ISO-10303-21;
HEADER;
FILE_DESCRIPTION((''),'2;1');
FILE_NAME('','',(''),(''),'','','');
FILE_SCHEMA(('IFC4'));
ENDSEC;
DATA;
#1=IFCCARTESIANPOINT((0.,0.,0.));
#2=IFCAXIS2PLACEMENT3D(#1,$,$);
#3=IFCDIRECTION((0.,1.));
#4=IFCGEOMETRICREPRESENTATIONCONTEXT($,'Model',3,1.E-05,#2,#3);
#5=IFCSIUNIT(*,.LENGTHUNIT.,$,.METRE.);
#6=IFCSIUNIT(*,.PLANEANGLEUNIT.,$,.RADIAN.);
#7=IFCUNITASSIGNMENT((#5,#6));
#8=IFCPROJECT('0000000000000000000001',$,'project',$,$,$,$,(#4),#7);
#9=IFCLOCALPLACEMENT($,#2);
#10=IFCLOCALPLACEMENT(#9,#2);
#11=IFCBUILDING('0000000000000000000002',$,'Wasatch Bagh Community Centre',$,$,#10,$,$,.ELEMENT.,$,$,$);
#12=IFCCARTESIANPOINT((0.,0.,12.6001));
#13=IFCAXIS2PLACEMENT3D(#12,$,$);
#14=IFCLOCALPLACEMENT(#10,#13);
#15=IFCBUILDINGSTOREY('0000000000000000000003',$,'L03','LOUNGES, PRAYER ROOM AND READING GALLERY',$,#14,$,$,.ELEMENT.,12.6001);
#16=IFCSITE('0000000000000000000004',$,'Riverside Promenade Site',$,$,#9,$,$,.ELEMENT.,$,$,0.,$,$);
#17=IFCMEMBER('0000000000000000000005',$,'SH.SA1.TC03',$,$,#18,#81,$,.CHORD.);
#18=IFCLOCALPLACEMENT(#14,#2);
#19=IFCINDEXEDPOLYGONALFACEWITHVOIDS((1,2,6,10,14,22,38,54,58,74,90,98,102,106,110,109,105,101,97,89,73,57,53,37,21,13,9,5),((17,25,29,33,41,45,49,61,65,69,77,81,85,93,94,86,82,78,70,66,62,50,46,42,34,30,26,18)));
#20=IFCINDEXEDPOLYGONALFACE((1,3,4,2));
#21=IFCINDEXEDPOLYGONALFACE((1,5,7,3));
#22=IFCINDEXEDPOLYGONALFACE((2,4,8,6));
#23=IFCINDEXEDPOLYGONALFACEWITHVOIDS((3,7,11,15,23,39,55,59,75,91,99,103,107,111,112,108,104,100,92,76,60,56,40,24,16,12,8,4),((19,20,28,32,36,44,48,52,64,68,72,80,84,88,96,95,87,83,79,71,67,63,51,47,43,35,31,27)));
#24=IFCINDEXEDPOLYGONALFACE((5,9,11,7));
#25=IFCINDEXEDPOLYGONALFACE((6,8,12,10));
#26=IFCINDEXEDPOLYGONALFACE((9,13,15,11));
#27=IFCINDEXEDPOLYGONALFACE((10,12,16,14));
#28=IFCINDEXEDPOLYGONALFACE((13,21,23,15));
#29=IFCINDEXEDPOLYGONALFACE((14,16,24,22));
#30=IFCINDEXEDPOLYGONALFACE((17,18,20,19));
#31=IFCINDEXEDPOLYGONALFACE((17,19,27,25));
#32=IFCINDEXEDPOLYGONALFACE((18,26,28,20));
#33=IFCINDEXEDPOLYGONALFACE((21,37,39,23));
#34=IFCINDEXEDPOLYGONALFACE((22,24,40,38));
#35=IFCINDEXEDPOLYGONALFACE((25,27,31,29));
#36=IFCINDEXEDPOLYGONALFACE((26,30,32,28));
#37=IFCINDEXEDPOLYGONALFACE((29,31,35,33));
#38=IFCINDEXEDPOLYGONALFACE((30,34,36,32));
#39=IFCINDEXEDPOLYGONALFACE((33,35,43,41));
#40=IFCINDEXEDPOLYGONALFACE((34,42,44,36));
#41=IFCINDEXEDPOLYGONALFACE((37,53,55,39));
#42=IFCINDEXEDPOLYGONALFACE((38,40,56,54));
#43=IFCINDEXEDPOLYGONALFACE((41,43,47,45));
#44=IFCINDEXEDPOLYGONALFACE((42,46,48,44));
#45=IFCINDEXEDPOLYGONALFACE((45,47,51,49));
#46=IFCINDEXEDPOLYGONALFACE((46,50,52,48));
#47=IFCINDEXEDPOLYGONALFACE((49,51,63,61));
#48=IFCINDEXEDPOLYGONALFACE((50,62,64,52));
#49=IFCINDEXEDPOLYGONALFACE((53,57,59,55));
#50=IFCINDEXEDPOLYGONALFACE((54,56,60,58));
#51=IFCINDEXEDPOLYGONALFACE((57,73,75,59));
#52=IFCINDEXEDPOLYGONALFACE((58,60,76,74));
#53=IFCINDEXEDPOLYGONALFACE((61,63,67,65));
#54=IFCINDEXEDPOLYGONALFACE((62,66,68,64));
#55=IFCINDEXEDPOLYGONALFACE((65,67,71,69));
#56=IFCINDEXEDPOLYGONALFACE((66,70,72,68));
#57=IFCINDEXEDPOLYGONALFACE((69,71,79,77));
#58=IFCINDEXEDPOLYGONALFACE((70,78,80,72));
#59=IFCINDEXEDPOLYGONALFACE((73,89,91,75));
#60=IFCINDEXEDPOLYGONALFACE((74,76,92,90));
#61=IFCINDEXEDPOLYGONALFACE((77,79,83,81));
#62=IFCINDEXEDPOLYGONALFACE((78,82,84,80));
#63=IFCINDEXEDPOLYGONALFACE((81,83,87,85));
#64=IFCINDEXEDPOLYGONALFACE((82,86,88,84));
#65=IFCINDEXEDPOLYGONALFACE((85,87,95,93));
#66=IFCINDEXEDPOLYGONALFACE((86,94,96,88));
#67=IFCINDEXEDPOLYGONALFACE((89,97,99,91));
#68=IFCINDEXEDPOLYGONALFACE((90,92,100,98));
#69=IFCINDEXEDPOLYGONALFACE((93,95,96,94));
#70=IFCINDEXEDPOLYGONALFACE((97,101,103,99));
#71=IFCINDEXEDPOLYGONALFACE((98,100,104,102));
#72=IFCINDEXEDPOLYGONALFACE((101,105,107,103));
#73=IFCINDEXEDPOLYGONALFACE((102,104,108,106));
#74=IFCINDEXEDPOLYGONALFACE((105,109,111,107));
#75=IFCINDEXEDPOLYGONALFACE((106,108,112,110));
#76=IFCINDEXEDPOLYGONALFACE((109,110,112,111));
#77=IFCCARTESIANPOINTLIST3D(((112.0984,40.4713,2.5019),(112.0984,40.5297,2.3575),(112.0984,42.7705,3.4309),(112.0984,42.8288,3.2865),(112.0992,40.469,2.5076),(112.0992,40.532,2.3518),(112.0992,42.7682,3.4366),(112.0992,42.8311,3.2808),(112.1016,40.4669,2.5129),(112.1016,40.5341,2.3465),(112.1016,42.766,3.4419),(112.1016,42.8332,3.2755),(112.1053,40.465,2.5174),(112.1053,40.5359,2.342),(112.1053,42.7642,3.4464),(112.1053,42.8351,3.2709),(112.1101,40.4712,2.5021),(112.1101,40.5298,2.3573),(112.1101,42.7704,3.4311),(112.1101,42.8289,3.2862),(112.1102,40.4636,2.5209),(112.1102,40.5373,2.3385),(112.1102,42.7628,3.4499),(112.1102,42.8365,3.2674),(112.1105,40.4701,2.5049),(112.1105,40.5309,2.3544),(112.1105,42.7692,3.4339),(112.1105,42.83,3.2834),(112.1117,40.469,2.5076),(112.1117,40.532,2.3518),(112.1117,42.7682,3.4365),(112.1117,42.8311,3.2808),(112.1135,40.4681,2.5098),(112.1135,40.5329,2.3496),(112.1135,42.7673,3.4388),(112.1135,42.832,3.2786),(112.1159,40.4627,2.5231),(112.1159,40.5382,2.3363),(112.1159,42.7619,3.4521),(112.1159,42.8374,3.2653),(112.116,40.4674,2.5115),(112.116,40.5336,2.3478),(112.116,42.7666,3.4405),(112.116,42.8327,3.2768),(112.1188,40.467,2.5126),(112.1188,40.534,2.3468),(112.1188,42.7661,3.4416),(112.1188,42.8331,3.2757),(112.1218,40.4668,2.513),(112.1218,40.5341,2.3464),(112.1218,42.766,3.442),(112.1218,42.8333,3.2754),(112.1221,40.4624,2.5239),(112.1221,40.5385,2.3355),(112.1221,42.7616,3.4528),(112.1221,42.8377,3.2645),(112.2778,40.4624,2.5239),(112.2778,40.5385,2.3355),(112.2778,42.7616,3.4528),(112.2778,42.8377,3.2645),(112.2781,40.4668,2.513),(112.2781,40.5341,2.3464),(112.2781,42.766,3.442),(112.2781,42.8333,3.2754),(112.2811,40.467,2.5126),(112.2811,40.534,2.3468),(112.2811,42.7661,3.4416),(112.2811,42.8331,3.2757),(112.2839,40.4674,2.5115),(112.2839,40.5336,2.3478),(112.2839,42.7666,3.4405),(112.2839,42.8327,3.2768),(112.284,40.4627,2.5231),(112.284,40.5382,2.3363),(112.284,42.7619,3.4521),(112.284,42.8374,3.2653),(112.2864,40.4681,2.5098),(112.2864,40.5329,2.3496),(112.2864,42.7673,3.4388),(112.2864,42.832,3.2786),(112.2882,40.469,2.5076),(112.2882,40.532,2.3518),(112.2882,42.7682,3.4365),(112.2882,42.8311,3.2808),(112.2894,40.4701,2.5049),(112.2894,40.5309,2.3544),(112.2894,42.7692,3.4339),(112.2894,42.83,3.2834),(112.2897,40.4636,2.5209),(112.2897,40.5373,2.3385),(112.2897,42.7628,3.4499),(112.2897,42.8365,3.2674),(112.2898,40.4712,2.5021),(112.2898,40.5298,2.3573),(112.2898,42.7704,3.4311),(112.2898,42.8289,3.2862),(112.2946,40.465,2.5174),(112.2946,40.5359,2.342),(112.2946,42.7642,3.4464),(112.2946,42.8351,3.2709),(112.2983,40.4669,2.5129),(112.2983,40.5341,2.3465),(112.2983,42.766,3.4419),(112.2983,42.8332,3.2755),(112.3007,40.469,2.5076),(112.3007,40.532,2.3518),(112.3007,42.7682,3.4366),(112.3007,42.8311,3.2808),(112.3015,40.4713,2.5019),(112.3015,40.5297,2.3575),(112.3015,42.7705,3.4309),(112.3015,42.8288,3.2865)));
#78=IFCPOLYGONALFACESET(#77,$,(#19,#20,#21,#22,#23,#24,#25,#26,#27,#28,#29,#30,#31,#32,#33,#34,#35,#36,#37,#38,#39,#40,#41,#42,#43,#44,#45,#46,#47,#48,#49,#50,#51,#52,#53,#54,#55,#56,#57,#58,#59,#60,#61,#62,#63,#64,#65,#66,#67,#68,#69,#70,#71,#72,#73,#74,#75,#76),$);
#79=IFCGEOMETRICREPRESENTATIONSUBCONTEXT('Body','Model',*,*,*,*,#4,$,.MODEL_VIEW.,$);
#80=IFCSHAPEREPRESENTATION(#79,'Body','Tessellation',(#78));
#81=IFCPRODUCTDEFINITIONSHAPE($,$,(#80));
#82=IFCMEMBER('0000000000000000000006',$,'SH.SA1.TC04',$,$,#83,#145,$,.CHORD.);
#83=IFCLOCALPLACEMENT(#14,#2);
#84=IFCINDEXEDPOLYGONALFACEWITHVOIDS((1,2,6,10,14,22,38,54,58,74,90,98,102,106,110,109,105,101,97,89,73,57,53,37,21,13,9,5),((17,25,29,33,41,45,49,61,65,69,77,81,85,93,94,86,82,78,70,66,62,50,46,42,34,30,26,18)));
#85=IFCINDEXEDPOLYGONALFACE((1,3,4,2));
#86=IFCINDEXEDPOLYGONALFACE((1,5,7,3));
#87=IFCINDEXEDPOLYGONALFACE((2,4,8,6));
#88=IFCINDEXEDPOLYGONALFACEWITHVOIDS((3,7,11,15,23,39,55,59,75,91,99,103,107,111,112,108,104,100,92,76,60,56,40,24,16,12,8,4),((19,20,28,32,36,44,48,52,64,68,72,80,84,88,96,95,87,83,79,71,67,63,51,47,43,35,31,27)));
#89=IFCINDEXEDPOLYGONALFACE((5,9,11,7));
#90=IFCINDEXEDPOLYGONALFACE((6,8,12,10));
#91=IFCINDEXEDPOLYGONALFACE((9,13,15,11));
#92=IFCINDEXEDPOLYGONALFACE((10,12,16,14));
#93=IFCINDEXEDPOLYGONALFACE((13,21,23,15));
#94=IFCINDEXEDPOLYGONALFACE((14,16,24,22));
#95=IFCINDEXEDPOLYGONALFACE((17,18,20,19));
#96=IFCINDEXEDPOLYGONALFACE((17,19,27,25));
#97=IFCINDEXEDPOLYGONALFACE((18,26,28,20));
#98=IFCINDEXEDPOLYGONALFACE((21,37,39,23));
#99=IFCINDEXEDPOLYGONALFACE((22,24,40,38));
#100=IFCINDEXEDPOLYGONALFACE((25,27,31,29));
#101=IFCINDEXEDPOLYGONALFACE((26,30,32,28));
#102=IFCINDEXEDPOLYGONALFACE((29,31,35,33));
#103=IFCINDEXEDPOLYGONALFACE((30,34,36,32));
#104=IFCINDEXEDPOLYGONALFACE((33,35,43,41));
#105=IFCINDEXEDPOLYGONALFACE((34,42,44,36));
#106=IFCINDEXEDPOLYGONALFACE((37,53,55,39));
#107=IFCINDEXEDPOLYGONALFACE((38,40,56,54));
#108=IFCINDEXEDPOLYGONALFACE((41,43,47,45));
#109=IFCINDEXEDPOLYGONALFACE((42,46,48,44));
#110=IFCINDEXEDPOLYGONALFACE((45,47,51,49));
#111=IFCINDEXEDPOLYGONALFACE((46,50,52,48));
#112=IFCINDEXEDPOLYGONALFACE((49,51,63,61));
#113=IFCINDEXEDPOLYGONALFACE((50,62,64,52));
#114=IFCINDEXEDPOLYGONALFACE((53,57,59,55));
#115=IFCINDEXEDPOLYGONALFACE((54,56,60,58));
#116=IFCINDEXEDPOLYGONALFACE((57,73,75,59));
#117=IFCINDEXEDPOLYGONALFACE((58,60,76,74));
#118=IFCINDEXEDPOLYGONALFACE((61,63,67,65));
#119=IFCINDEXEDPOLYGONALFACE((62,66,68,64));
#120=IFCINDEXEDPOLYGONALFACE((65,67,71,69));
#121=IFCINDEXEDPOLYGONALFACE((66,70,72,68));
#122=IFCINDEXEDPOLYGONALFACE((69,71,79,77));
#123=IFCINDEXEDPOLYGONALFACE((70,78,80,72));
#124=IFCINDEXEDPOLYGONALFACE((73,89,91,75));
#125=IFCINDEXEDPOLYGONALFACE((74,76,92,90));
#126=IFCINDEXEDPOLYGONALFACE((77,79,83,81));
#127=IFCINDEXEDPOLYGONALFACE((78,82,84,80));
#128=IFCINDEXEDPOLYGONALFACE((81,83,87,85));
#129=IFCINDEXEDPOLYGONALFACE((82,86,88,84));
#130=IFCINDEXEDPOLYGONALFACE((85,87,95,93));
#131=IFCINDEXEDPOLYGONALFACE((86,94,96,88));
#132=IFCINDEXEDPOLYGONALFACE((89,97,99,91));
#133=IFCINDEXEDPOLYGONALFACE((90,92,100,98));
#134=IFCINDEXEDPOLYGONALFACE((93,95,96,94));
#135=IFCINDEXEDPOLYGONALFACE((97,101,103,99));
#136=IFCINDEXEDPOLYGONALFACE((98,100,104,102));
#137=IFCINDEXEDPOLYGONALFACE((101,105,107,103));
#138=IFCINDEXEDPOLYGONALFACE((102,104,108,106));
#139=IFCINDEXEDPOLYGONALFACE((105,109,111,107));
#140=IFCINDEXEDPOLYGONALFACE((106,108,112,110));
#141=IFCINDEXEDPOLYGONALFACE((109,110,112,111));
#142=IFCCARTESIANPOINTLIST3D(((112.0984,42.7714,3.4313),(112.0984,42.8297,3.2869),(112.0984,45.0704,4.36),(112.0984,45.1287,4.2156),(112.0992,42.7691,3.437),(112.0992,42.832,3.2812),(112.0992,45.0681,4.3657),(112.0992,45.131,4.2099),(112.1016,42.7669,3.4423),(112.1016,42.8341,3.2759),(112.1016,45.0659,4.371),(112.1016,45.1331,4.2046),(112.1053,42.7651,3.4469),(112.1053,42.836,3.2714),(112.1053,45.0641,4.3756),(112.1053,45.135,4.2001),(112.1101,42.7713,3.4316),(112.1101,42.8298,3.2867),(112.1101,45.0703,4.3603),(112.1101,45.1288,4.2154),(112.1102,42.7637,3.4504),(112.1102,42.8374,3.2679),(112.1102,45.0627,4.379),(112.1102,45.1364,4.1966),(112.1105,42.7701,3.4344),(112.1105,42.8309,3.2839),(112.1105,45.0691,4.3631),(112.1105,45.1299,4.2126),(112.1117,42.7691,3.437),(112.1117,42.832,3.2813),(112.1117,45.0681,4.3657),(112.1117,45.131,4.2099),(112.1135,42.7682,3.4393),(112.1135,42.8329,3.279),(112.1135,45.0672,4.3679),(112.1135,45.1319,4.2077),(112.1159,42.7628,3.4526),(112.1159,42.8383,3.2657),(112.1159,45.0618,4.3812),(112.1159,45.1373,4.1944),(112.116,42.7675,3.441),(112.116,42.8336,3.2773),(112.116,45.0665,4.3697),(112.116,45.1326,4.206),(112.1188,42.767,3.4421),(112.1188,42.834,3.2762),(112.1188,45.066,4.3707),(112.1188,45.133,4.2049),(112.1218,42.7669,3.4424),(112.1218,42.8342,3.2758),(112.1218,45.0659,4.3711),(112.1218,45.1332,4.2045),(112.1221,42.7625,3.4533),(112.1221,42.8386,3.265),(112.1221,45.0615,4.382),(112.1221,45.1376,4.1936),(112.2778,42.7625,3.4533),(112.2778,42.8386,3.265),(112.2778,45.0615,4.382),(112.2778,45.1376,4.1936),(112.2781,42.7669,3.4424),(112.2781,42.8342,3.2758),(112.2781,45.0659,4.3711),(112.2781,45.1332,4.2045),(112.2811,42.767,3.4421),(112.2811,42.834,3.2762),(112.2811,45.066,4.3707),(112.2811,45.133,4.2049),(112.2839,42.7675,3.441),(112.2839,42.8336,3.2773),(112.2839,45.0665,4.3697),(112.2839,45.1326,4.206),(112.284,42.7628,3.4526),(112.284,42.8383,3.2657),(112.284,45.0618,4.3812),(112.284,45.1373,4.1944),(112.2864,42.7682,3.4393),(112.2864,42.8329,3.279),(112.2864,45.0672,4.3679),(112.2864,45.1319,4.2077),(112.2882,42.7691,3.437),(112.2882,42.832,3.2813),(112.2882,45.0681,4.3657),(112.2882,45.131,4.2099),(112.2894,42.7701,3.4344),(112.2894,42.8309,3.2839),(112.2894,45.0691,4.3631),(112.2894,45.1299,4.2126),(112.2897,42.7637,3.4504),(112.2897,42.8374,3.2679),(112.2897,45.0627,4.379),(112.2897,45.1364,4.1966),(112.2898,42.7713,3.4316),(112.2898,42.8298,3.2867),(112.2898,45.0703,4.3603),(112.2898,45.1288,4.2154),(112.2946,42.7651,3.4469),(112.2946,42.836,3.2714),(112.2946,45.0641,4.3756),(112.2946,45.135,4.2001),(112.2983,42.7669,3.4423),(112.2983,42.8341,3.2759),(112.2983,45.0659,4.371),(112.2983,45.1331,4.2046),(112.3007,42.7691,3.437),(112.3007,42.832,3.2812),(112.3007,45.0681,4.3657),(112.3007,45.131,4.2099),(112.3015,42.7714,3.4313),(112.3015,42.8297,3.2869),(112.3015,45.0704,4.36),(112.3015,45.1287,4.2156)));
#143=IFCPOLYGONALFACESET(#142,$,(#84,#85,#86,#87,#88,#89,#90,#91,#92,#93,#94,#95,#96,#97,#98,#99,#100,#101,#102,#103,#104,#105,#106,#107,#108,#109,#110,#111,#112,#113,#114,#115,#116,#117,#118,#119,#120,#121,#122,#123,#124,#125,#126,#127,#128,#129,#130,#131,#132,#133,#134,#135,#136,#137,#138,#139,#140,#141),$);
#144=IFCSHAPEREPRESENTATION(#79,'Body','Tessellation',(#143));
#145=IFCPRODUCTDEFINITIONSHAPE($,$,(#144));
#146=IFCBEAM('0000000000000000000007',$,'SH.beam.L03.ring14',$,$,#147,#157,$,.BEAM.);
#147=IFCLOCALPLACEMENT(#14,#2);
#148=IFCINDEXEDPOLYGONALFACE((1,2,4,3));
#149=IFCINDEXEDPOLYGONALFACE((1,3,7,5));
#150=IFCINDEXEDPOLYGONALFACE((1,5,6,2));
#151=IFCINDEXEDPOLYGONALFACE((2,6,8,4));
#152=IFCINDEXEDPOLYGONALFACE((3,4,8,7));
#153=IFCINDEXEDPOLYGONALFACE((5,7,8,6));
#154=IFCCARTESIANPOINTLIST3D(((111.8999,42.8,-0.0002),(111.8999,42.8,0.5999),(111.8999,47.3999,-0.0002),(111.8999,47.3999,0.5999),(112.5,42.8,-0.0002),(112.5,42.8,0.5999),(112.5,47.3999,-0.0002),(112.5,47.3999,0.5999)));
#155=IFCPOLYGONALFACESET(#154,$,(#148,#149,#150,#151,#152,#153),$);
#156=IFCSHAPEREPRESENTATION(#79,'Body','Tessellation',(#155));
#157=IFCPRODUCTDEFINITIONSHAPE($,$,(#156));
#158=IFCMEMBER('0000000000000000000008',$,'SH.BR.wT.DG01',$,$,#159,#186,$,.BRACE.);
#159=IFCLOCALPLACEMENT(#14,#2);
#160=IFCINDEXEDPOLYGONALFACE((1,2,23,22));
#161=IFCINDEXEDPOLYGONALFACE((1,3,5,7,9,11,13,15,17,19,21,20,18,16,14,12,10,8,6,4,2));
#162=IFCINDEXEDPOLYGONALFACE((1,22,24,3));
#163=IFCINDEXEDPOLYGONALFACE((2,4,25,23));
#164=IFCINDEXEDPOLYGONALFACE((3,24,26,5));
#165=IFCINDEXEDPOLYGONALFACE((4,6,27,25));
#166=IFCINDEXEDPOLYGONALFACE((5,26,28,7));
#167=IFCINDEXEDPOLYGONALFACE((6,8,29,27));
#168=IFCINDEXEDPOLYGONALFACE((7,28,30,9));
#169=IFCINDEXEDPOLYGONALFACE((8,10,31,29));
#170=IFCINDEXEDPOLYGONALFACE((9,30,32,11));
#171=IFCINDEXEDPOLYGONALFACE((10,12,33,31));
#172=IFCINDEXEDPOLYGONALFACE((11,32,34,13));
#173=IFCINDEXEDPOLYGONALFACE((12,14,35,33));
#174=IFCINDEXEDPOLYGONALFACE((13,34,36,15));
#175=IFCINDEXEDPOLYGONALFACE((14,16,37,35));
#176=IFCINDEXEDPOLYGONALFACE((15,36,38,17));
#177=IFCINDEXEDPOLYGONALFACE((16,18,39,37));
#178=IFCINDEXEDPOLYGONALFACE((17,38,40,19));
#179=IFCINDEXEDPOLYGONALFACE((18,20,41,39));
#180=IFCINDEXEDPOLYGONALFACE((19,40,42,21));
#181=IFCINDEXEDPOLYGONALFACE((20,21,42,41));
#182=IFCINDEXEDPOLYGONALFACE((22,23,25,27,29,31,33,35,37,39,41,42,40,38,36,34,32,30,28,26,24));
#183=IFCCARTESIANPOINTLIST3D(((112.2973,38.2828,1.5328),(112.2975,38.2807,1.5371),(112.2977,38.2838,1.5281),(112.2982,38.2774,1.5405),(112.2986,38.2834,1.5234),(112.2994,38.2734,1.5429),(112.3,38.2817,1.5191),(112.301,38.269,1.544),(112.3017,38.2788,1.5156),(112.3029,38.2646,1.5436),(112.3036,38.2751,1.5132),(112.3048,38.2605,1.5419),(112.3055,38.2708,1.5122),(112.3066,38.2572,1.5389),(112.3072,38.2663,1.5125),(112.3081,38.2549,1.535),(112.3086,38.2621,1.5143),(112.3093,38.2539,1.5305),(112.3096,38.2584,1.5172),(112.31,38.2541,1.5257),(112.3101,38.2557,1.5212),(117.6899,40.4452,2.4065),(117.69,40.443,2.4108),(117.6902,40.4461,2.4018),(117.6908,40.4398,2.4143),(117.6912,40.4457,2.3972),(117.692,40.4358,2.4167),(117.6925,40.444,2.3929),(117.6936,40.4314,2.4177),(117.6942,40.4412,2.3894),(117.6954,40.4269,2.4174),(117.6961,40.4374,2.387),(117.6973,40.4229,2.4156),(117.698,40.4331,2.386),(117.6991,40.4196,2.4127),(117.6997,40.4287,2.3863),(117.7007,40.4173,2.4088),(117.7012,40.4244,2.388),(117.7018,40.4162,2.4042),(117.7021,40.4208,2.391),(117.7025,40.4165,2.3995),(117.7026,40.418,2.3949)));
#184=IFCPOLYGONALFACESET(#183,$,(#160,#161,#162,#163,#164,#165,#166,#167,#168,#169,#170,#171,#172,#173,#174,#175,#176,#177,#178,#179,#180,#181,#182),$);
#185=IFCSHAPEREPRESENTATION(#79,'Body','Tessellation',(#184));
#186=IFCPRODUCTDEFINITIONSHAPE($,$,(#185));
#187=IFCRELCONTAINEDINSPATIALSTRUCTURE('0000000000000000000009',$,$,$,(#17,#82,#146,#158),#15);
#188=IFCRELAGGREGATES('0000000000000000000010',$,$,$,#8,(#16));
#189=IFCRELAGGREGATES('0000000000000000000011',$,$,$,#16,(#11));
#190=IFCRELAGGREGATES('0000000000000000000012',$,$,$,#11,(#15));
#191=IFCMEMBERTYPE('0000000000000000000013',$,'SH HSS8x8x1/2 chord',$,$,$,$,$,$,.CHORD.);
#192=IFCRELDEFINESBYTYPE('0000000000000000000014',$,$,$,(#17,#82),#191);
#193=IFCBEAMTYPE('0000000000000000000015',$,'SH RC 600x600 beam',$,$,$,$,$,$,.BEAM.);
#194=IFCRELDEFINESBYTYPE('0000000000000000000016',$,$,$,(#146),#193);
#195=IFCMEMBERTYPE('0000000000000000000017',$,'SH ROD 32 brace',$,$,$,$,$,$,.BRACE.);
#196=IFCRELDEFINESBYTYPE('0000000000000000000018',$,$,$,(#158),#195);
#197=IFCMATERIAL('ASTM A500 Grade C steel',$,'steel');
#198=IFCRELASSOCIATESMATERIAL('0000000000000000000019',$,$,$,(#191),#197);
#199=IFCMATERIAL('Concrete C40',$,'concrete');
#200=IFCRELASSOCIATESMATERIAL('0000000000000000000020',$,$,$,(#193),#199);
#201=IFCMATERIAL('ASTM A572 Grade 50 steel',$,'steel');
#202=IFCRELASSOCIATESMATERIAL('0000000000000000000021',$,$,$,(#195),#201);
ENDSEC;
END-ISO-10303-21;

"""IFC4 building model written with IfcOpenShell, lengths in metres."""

from ifc_helpers import new_model, si_unit, direction, frame, origin, origin_2d, place, context, subcontext, project, spatial, rectangle, hollow_rectangle, circle, extrude, material, material_profile, profile_set, type_object, element, save


model = new_model("IFC4")

# Units and contexts
model_context = context("Model", 3, precision=1e-05, world=origin(), true_north=direction((0.0, 1.0)))
body_context = subcontext(model_context, "Body", "Model", "MODEL_VIEW")
ifc_project = project(units=[si_unit("LENGTHUNIT", "METRE"), si_unit("PLANEANGLEUNIT", "RADIAN")], contexts=[model_context])

# Site, building, storey
site_placement = place(None, origin())
site = spatial("IfcSite", under=ifc_project, at=site_placement, Name="Riverside Promenade Site", CompositionType="ELEMENT", RefElevation=0.0)
building_placement = place(site_placement, origin())
building = spatial("IfcBuilding", under=site, at=building_placement, Name="Wasatch Bagh Community Centre", CompositionType="ELEMENT")
storey_placement = place(building_placement, frame((0.0, 0.0, 12.6001)))
storey = spatial("IfcBuildingStorey", under=building, at=storey_placement, Name="L03", Description="LOUNGES, PRAYER ROOM AND READING GALLERY", CompositionType="ELEMENT", Elevation=12.6001)

# Members
ifc_material_1 = material(Name="ASTM A500 Grade C steel", Category="steel")
ifc_material_profile_1 = material_profile(ifc_material_1, hollow_rectangle(XDim=0.2031, YDim=0.2031, WallThickness=0.0117, InnerFilletRadius=0.0117, OuterFilletRadius=0.0237, at=origin_2d()), Name="HSS8x8x1/2")
ifc_profile_set_1 = profile_set([ifc_material_profile_1], Name="ASTM A500 Grade C steel")
member_type_1 = type_object("IfcMemberType", Name="SH HSS8x8x1/2 chord", PredefinedType="CHORD", material=ifc_profile_set_1)
member_1_placement = place(storey_placement, frame((112.2, 40.5005, 2.4297), z_axis=(0.0, 0.927174, 0.374631), x_axis=(-1.0, 0.0, 0.0)))
element("IfcMember", 1, at=member_1_placement, inside=storey, type_object=member_type_1, Name="SH.SA1.TC03", PredefinedType="CHORD", context=body_context, shape_type="SweptSolid", body=[
    extrude(hollow_rectangle(XDim=0.2031, YDim=0.2031, WallThickness=0.0117, InnerFilletRadius=0.0117, OuterFilletRadius=0.0237, at=origin_2d()), origin(), (0.0, 0.0, 1.0), 2.4797),
])
member_2_placement = place(storey_placement, frame((112.2, 42.8005, 3.3591), z_axis=(0.0, 0.927208, 0.374546), x_axis=(-1.0, 0.0, 0.0)))
element("IfcMember", 2, at=member_2_placement, inside=storey, type_object=member_type_1, Name="SH.SA1.TC04", PredefinedType="CHORD", context=body_context, shape_type="SweptSolid", body=[
    extrude(hollow_rectangle(XDim=0.2031, YDim=0.2031, WallThickness=0.0117, InnerFilletRadius=0.0117, OuterFilletRadius=0.0237, at=origin_2d()), origin(), (0.0, 0.0, 1.0), 2.4795),
])

# Beam
ifc_material_2 = material(Name="Concrete C40", Category="concrete")
ifc_material_profile_2 = material_profile(ifc_material_2, rectangle(XDim=0.6001, YDim=0.6001, at=origin_2d()), Name="RC 600x600")
ifc_profile_set_2 = profile_set([ifc_material_profile_2], Name="Concrete C40")
beam_type = type_object("IfcBeamType", Name="SH RC 600x600 beam", PredefinedType="BEAM", material=ifc_profile_set_2)
beam_placement = place(storey_placement, frame((112.2, 42.8, 0.2998), z_axis=(0.0, 1.0, 0.0), x_axis=(-1.0, 0.0, 0.0)))
element("IfcBeam", 3, at=beam_placement, inside=storey, type_object=beam_type, Name="SH.beam.L03.ring14", PredefinedType="BEAM", context=body_context, shape_type="SweptSolid", body=[
    extrude(rectangle(XDim=0.6001, YDim=0.6001, at=origin_2d()), origin(), (0.0, 0.0, 1.0), 4.5999),
])

# Member
ifc_material_3 = material(Name="ASTM A572 Grade 50 steel", Category="steel")
ifc_material_profile_3 = material_profile(ifc_material_3, circle(Radius=0.0161, at=origin_2d()), Name="ROD 32")
ifc_profile_set_3 = profile_set([ifc_material_profile_3], Name="ASTM A572 Grade 50 steel")
member_type_2 = type_object("IfcMemberType", Name="SH ROD 32 brace", PredefinedType="BRACE", material=ifc_profile_set_3)
member_3_placement = place(storey_placement, frame((112.3037, 38.2688, 1.5281), z_axis=(0.917839, 0.368041, 0.148721), x_axis=(-0.37218, 0.92816, 0.0)))
element("IfcMember", 4, at=member_3_placement, inside=storey, type_object=member_type_2, Name="SH.BR.wT.DG01", PredefinedType="BRACE", context=body_context, shape_type="SweptSolid", body=[
    extrude(circle(Radius=0.0161, at=origin_2d()), origin(), (0.0, 0.0, 1.0), 5.8752),
])

save(model, "model.ifc")
